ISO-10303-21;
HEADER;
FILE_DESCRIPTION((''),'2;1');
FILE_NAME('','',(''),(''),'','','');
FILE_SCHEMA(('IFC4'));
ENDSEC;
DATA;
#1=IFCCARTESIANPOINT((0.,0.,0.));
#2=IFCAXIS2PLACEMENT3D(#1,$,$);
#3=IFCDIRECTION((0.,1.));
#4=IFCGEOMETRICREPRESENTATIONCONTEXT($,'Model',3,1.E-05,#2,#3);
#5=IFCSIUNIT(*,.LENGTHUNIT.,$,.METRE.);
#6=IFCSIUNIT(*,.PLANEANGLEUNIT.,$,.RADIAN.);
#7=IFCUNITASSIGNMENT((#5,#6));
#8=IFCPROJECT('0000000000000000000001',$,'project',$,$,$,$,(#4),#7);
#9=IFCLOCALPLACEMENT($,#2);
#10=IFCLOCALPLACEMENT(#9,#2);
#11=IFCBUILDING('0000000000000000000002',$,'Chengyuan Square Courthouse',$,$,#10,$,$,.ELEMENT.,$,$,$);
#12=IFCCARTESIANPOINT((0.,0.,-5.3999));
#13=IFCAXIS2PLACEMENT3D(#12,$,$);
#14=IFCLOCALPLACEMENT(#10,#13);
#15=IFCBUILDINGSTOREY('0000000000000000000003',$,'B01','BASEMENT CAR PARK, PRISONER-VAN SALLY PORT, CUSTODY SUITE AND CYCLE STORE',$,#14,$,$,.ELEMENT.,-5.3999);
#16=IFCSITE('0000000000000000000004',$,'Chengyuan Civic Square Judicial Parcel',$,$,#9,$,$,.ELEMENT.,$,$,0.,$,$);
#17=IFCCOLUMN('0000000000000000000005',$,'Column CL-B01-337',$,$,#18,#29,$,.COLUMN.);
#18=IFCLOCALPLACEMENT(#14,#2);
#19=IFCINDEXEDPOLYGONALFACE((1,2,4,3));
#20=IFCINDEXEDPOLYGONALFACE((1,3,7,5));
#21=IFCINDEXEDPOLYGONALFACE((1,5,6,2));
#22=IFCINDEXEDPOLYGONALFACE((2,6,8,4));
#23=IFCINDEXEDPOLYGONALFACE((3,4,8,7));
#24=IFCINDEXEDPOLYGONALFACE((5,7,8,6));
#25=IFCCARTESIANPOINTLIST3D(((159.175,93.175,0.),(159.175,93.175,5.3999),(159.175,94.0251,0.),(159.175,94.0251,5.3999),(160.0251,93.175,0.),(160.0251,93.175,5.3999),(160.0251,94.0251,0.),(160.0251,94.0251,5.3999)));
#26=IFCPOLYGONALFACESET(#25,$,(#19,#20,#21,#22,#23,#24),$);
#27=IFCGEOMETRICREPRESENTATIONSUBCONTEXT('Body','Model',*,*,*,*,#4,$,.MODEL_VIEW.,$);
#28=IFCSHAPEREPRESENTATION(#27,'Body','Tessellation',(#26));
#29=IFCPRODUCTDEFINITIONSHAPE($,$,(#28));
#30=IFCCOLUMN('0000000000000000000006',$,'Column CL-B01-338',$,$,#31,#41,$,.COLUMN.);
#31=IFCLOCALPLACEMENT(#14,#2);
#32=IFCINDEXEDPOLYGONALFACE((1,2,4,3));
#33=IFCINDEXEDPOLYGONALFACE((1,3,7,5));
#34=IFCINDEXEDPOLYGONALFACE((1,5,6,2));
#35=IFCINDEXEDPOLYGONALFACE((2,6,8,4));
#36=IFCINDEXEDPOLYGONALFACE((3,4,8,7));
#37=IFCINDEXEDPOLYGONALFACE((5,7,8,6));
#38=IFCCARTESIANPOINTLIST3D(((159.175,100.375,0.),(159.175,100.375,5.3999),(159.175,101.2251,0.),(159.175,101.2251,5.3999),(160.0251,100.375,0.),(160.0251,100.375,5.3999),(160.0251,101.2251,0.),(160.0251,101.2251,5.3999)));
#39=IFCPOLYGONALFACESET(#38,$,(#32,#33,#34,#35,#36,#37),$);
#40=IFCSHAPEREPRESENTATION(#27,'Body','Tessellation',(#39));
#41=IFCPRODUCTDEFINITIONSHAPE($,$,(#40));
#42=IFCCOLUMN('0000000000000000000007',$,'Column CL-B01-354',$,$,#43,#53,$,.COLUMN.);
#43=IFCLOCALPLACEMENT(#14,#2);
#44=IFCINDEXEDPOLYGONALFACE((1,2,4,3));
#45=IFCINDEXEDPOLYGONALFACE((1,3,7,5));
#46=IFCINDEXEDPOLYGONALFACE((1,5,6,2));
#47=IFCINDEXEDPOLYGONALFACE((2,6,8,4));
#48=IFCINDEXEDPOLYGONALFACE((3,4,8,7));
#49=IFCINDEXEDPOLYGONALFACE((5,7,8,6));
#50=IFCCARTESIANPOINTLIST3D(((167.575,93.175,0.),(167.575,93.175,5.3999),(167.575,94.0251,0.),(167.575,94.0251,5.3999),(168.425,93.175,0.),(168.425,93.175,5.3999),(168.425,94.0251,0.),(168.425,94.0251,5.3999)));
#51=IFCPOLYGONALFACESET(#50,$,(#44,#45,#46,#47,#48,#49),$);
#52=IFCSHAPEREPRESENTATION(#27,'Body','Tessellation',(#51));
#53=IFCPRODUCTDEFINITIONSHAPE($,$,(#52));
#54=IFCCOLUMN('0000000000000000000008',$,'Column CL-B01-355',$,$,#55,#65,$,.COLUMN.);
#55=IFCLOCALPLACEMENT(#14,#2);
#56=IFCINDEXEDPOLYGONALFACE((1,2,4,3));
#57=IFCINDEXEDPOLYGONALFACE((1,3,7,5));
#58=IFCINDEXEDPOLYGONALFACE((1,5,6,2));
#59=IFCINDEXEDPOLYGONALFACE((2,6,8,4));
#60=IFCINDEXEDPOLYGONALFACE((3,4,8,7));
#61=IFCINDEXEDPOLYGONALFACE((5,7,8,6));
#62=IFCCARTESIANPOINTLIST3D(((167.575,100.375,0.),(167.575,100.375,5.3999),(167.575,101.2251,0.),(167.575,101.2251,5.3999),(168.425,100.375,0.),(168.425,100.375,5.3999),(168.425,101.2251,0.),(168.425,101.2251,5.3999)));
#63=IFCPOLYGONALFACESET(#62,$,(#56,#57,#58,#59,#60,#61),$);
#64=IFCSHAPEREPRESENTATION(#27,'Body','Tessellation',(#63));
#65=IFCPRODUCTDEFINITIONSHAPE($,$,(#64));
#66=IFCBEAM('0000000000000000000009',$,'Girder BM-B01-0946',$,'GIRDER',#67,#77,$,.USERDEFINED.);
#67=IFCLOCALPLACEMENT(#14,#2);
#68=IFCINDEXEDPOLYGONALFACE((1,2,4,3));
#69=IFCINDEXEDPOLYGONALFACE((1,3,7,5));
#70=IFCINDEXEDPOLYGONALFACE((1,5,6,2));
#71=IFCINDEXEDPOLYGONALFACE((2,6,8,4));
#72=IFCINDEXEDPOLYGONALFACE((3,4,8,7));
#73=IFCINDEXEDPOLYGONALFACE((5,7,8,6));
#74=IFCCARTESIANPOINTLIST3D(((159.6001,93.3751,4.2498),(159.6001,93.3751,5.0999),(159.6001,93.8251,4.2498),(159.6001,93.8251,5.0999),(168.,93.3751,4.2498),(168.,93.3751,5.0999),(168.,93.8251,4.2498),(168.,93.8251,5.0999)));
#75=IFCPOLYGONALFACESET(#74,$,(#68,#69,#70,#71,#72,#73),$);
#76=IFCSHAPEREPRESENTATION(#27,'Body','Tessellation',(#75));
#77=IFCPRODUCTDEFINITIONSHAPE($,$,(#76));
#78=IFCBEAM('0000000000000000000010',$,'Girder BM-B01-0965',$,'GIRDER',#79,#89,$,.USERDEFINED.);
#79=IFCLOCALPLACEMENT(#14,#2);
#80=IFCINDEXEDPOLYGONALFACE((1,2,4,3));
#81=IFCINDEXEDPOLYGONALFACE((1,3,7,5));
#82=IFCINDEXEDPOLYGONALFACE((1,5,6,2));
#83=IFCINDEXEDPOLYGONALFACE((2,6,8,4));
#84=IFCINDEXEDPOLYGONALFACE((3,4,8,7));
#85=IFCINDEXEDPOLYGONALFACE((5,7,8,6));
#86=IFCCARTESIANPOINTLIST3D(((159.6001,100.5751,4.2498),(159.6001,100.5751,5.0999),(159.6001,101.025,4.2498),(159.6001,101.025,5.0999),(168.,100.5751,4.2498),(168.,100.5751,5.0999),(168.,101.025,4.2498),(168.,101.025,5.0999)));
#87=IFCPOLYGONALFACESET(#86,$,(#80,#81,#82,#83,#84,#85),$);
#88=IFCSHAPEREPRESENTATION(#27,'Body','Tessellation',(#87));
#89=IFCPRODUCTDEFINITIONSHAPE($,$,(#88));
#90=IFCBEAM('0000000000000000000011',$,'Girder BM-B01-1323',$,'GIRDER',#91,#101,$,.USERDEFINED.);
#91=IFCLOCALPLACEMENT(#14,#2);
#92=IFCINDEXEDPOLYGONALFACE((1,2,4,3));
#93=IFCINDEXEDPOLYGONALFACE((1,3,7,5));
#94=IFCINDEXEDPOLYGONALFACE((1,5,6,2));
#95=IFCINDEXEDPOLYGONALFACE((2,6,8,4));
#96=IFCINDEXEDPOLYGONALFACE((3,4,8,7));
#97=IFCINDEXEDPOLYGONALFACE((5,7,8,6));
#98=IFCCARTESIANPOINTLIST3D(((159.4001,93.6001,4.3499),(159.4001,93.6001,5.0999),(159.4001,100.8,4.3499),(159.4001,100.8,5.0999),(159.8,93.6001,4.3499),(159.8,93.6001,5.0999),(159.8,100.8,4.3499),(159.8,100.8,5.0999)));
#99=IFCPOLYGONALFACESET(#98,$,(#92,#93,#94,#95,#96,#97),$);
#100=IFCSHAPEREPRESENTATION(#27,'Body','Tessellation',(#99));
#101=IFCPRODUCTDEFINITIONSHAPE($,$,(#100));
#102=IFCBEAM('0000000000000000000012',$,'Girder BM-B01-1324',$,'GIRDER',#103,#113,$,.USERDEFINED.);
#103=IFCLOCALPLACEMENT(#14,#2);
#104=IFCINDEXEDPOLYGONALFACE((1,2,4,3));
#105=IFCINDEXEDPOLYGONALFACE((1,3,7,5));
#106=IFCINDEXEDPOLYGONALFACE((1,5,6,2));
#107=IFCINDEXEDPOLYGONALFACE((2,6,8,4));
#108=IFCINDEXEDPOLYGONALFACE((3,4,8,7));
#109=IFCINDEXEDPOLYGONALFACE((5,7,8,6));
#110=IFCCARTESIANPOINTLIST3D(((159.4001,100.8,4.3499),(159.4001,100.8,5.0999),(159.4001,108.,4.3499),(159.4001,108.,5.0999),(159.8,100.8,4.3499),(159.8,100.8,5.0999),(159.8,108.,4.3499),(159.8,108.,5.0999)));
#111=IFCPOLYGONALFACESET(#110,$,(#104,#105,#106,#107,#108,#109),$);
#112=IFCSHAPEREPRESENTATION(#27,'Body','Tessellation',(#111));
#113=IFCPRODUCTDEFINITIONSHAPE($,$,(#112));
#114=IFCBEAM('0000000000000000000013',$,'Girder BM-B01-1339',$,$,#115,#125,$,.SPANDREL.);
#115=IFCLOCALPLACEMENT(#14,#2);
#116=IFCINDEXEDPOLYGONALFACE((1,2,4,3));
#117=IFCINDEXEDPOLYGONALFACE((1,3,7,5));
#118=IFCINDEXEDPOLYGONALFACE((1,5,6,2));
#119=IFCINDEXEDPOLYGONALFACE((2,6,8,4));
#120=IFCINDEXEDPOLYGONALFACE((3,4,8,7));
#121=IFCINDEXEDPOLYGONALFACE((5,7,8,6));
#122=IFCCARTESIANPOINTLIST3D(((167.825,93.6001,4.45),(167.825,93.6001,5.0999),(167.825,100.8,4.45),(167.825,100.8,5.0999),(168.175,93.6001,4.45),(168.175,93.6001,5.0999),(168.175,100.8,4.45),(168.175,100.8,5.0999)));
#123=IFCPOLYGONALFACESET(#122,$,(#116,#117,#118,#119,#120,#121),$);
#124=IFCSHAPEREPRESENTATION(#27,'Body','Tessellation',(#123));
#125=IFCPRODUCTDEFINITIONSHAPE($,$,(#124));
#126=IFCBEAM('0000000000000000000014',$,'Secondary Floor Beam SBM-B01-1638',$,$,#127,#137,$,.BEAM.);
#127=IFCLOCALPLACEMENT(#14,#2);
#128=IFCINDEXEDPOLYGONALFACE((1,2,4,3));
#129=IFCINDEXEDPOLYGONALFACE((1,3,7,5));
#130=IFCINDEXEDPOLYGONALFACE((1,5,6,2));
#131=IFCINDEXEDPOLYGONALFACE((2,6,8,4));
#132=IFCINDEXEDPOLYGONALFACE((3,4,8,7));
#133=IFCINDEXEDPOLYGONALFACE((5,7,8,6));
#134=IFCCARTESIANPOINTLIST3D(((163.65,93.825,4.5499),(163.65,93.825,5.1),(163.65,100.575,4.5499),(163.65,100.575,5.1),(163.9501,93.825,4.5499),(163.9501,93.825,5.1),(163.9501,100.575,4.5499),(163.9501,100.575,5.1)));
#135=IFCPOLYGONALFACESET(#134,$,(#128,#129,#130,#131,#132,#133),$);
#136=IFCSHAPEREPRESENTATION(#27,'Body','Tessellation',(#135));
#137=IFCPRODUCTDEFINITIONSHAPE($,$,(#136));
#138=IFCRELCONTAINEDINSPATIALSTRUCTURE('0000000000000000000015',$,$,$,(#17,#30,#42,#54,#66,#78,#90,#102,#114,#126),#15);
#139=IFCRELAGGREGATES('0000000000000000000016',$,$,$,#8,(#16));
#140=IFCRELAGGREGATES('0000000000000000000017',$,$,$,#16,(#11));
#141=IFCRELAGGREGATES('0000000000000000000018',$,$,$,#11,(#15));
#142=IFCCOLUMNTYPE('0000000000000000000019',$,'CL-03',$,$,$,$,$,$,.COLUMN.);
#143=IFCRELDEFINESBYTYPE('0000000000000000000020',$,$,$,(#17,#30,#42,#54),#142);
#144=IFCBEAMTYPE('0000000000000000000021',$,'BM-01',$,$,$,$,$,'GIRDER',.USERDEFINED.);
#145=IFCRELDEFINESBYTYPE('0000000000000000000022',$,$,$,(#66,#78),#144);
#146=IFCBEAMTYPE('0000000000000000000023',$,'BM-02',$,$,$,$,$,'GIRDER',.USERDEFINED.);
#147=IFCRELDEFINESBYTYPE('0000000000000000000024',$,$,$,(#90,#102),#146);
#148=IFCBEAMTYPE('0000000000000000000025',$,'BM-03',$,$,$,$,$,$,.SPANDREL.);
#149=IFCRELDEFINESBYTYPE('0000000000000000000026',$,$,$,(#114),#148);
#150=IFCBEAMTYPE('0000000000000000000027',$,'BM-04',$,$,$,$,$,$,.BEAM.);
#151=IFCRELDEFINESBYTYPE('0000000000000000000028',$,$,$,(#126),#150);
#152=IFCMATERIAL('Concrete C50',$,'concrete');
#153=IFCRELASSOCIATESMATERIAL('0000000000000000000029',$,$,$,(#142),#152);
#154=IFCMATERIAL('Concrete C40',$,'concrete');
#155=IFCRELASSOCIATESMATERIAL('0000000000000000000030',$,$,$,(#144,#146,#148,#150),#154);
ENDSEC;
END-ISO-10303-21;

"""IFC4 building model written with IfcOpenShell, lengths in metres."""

from ifc_helpers import new_model, si_unit, direction, frame, origin, origin_2d, place, context, subcontext, project, spatial, rectangle, extrude, material, material_profile, profile_set, type_object, element, save


model = new_model("IFC4")

# Units and contexts
model_context = context("Model", 3, precision=1e-05, world=origin(), true_north=direction((0.0, 1.0)))
body_context = subcontext(model_context, "Body", "Model", "MODEL_VIEW")
ifc_project = project(units=[si_unit("LENGTHUNIT", "METRE"), si_unit("PLANEANGLEUNIT", "RADIAN")], contexts=[model_context])

# Site, building, storey
site_placement = place(None, origin())
site = spatial("IfcSite", under=ifc_project, at=site_placement, Name="Chengyuan Civic Square Judicial Parcel", CompositionType="ELEMENT", RefElevation=0.0)
building_placement = place(site_placement, origin())
building = spatial("IfcBuilding", under=site, at=building_placement, Name="Chengyuan Square Courthouse", CompositionType="ELEMENT")
storey_placement = place(building_placement, frame((0.0, 0.0, -5.3999)))
storey = spatial("IfcBuildingStorey", under=building, at=storey_placement, Name="B01", Description="BASEMENT CAR PARK, PRISONER-VAN SALLY PORT, CUSTODY SUITE AND CYCLE STORE", CompositionType="ELEMENT", Elevation=-5.3999)

# Columns
ifc_material_1 = material(Name="Concrete C50", Category="concrete")
ifc_material_profile_1 = material_profile(ifc_material_1, rectangle(XDim=0.8501, YDim=0.8501, at=origin_2d()), Name="RC-COL-850x850")
ifc_profile_set_1 = profile_set([ifc_material_profile_1], Name="Concrete C50")
column_type = type_object("IfcColumnType", Name="CL-03", PredefinedType="COLUMN", material=ifc_profile_set_1)
for number, where, z_axis, x_axis, name in (
    (1, (159.6001, 93.6001, 0.0), (0.0, 0.0, 1.0), (1.0, 0.0, 0.0), "Column CL-B01-337"),
    (2, (159.6001, 100.8, 0.0), (0.0, 0.0, 1.0), (1.0, 0.0, 0.0), "Column CL-B01-338"),
    (3, (168.0, 93.6001, 0.0), (0.0, 0.0, 1.0), (1.0, 0.0, 0.0), "Column CL-B01-354"),
    (4, (168.0, 100.8, 0.0), (0.0, 0.0, 1.0), (1.0, 0.0, 0.0), "Column CL-B01-355"),
):
    element("IfcColumn", number, at=place(storey_placement, frame(where, z_axis=z_axis, x_axis=x_axis)), inside=storey, type_object=column_type, Name=name, PredefinedType="COLUMN", context=body_context, shape_type="SweptSolid", body=[
        extrude(rectangle(XDim=0.8501, YDim=0.8501, at=origin_2d()), origin(), (0.0, 0.0, 1.0), 5.3999),
    ])

# Beams
ifc_material_2 = material(Name="Concrete C40", Category="concrete")
ifc_material_profile_2 = material_profile(ifc_material_2, rectangle(XDim=0.45, YDim=0.8501, at=origin_2d()), Name="RC-BM-450x850")
ifc_profile_set_2 = profile_set([ifc_material_profile_2], Name="Concrete C40")
beam_type_1 = type_object("IfcBeamType", Name="BM-01", ElementType="GIRDER", PredefinedType="USERDEFINED", material=ifc_profile_set_2)
for number, where, z_axis, x_axis, name in (
    (5, (159.6001, 93.6001, 4.6748), (1.0, 0.0, 0.0), (0.0, 1.0, 0.0), "Girder BM-B01-0946"),
    (6, (159.6001, 100.8, 4.6748), (1.0, 0.0, 0.0), (0.0, 1.0, 0.0), "Girder BM-B01-0965"),
):
    element("IfcBeam", number, at=place(storey_placement, frame(where, z_axis=z_axis, x_axis=x_axis)), inside=storey, type_object=beam_type_1, Name=name, ObjectType="GIRDER", PredefinedType="USERDEFINED", context=body_context, shape_type="SweptSolid", body=[
        extrude(rectangle(XDim=0.45, YDim=0.8501, at=origin_2d()), origin(), (0.0, 0.0, 1.0), 8.3999),
    ])
ifc_material_profile_3 = material_profile(ifc_material_2, rectangle(XDim=0.3999, YDim=0.75, at=origin_2d()), Name="RC-BM-400x750")
ifc_profile_set_3 = profile_set([ifc_material_profile_3], Name="Concrete C40")
beam_type_2 = type_object("IfcBeamType", Name="BM-02", ElementType="GIRDER", PredefinedType="USERDEFINED", material=ifc_profile_set_3)
for number, where, z_axis, x_axis, name in (
    (7, (159.6001, 93.6001, 4.7249), (0.0, 1.0, 0.0), (-1.0, 0.0, 0.0), "Girder BM-B01-1323"),
    (8, (159.6001, 100.8, 4.7249), (0.0, 1.0, 0.0), (-1.0, 0.0, 0.0), "Girder BM-B01-1324"),
):
    element("IfcBeam", number, at=place(storey_placement, frame(where, z_axis=z_axis, x_axis=x_axis)), inside=storey, type_object=beam_type_2, Name=name, ObjectType="GIRDER", PredefinedType="USERDEFINED", context=body_context, shape_type="SweptSolid", body=[
        extrude(rectangle(XDim=0.3999, YDim=0.75, at=origin_2d()), origin(), (0.0, 0.0, 1.0), 7.2),
    ])
ifc_material_profile_4 = material_profile(ifc_material_2, rectangle(XDim=0.3501, YDim=0.6499, at=origin_2d()), Name="RC-BM-350x650")
ifc_profile_set_4 = profile_set([ifc_material_profile_4], Name="Concrete C40")
beam_type_3 = type_object("IfcBeamType", Name="BM-03", PredefinedType="SPANDREL", material=ifc_profile_set_4)
beam_1_placement = place(storey_placement, frame((168.0, 93.6001, 4.7749), z_axis=(0.0, 1.0, 0.0), x_axis=(-1.0, 0.0, 0.0)))
element("IfcBeam", 9, at=beam_1_placement, inside=storey, type_object=beam_type_3, Name="Girder BM-B01-1339", PredefinedType="SPANDREL", context=body_context, shape_type="SweptSolid", body=[
    extrude(rectangle(XDim=0.3501, YDim=0.6499, at=origin_2d()), origin(), (0.0, 0.0, 1.0), 7.2),
])
ifc_material_profile_5 = material_profile(ifc_material_2, rectangle(XDim=0.3, YDim=0.55, at=origin_2d()), Name="RC-BM-300x550")
ifc_profile_set_5 = profile_set([ifc_material_profile_5], Name="Concrete C40")
beam_type_4 = type_object("IfcBeamType", Name="BM-04", PredefinedType="BEAM", material=ifc_profile_set_5)
beam_2_placement = place(storey_placement, frame((163.8, 93.825, 4.825), z_axis=(0.0, 1.0, 0.0), x_axis=(-1.0, 0.0, 0.0)))
element("IfcBeam", 10, at=beam_2_placement, inside=storey, type_object=beam_type_4, Name="Secondary Floor Beam SBM-B01-1638", PredefinedType="BEAM", context=body_context, shape_type="SweptSolid", body=[
    extrude(rectangle(XDim=0.3, YDim=0.55, at=origin_2d()), origin(), (0.0, 0.0, 1.0), 6.75),
])

save(model, "model.ifc")
